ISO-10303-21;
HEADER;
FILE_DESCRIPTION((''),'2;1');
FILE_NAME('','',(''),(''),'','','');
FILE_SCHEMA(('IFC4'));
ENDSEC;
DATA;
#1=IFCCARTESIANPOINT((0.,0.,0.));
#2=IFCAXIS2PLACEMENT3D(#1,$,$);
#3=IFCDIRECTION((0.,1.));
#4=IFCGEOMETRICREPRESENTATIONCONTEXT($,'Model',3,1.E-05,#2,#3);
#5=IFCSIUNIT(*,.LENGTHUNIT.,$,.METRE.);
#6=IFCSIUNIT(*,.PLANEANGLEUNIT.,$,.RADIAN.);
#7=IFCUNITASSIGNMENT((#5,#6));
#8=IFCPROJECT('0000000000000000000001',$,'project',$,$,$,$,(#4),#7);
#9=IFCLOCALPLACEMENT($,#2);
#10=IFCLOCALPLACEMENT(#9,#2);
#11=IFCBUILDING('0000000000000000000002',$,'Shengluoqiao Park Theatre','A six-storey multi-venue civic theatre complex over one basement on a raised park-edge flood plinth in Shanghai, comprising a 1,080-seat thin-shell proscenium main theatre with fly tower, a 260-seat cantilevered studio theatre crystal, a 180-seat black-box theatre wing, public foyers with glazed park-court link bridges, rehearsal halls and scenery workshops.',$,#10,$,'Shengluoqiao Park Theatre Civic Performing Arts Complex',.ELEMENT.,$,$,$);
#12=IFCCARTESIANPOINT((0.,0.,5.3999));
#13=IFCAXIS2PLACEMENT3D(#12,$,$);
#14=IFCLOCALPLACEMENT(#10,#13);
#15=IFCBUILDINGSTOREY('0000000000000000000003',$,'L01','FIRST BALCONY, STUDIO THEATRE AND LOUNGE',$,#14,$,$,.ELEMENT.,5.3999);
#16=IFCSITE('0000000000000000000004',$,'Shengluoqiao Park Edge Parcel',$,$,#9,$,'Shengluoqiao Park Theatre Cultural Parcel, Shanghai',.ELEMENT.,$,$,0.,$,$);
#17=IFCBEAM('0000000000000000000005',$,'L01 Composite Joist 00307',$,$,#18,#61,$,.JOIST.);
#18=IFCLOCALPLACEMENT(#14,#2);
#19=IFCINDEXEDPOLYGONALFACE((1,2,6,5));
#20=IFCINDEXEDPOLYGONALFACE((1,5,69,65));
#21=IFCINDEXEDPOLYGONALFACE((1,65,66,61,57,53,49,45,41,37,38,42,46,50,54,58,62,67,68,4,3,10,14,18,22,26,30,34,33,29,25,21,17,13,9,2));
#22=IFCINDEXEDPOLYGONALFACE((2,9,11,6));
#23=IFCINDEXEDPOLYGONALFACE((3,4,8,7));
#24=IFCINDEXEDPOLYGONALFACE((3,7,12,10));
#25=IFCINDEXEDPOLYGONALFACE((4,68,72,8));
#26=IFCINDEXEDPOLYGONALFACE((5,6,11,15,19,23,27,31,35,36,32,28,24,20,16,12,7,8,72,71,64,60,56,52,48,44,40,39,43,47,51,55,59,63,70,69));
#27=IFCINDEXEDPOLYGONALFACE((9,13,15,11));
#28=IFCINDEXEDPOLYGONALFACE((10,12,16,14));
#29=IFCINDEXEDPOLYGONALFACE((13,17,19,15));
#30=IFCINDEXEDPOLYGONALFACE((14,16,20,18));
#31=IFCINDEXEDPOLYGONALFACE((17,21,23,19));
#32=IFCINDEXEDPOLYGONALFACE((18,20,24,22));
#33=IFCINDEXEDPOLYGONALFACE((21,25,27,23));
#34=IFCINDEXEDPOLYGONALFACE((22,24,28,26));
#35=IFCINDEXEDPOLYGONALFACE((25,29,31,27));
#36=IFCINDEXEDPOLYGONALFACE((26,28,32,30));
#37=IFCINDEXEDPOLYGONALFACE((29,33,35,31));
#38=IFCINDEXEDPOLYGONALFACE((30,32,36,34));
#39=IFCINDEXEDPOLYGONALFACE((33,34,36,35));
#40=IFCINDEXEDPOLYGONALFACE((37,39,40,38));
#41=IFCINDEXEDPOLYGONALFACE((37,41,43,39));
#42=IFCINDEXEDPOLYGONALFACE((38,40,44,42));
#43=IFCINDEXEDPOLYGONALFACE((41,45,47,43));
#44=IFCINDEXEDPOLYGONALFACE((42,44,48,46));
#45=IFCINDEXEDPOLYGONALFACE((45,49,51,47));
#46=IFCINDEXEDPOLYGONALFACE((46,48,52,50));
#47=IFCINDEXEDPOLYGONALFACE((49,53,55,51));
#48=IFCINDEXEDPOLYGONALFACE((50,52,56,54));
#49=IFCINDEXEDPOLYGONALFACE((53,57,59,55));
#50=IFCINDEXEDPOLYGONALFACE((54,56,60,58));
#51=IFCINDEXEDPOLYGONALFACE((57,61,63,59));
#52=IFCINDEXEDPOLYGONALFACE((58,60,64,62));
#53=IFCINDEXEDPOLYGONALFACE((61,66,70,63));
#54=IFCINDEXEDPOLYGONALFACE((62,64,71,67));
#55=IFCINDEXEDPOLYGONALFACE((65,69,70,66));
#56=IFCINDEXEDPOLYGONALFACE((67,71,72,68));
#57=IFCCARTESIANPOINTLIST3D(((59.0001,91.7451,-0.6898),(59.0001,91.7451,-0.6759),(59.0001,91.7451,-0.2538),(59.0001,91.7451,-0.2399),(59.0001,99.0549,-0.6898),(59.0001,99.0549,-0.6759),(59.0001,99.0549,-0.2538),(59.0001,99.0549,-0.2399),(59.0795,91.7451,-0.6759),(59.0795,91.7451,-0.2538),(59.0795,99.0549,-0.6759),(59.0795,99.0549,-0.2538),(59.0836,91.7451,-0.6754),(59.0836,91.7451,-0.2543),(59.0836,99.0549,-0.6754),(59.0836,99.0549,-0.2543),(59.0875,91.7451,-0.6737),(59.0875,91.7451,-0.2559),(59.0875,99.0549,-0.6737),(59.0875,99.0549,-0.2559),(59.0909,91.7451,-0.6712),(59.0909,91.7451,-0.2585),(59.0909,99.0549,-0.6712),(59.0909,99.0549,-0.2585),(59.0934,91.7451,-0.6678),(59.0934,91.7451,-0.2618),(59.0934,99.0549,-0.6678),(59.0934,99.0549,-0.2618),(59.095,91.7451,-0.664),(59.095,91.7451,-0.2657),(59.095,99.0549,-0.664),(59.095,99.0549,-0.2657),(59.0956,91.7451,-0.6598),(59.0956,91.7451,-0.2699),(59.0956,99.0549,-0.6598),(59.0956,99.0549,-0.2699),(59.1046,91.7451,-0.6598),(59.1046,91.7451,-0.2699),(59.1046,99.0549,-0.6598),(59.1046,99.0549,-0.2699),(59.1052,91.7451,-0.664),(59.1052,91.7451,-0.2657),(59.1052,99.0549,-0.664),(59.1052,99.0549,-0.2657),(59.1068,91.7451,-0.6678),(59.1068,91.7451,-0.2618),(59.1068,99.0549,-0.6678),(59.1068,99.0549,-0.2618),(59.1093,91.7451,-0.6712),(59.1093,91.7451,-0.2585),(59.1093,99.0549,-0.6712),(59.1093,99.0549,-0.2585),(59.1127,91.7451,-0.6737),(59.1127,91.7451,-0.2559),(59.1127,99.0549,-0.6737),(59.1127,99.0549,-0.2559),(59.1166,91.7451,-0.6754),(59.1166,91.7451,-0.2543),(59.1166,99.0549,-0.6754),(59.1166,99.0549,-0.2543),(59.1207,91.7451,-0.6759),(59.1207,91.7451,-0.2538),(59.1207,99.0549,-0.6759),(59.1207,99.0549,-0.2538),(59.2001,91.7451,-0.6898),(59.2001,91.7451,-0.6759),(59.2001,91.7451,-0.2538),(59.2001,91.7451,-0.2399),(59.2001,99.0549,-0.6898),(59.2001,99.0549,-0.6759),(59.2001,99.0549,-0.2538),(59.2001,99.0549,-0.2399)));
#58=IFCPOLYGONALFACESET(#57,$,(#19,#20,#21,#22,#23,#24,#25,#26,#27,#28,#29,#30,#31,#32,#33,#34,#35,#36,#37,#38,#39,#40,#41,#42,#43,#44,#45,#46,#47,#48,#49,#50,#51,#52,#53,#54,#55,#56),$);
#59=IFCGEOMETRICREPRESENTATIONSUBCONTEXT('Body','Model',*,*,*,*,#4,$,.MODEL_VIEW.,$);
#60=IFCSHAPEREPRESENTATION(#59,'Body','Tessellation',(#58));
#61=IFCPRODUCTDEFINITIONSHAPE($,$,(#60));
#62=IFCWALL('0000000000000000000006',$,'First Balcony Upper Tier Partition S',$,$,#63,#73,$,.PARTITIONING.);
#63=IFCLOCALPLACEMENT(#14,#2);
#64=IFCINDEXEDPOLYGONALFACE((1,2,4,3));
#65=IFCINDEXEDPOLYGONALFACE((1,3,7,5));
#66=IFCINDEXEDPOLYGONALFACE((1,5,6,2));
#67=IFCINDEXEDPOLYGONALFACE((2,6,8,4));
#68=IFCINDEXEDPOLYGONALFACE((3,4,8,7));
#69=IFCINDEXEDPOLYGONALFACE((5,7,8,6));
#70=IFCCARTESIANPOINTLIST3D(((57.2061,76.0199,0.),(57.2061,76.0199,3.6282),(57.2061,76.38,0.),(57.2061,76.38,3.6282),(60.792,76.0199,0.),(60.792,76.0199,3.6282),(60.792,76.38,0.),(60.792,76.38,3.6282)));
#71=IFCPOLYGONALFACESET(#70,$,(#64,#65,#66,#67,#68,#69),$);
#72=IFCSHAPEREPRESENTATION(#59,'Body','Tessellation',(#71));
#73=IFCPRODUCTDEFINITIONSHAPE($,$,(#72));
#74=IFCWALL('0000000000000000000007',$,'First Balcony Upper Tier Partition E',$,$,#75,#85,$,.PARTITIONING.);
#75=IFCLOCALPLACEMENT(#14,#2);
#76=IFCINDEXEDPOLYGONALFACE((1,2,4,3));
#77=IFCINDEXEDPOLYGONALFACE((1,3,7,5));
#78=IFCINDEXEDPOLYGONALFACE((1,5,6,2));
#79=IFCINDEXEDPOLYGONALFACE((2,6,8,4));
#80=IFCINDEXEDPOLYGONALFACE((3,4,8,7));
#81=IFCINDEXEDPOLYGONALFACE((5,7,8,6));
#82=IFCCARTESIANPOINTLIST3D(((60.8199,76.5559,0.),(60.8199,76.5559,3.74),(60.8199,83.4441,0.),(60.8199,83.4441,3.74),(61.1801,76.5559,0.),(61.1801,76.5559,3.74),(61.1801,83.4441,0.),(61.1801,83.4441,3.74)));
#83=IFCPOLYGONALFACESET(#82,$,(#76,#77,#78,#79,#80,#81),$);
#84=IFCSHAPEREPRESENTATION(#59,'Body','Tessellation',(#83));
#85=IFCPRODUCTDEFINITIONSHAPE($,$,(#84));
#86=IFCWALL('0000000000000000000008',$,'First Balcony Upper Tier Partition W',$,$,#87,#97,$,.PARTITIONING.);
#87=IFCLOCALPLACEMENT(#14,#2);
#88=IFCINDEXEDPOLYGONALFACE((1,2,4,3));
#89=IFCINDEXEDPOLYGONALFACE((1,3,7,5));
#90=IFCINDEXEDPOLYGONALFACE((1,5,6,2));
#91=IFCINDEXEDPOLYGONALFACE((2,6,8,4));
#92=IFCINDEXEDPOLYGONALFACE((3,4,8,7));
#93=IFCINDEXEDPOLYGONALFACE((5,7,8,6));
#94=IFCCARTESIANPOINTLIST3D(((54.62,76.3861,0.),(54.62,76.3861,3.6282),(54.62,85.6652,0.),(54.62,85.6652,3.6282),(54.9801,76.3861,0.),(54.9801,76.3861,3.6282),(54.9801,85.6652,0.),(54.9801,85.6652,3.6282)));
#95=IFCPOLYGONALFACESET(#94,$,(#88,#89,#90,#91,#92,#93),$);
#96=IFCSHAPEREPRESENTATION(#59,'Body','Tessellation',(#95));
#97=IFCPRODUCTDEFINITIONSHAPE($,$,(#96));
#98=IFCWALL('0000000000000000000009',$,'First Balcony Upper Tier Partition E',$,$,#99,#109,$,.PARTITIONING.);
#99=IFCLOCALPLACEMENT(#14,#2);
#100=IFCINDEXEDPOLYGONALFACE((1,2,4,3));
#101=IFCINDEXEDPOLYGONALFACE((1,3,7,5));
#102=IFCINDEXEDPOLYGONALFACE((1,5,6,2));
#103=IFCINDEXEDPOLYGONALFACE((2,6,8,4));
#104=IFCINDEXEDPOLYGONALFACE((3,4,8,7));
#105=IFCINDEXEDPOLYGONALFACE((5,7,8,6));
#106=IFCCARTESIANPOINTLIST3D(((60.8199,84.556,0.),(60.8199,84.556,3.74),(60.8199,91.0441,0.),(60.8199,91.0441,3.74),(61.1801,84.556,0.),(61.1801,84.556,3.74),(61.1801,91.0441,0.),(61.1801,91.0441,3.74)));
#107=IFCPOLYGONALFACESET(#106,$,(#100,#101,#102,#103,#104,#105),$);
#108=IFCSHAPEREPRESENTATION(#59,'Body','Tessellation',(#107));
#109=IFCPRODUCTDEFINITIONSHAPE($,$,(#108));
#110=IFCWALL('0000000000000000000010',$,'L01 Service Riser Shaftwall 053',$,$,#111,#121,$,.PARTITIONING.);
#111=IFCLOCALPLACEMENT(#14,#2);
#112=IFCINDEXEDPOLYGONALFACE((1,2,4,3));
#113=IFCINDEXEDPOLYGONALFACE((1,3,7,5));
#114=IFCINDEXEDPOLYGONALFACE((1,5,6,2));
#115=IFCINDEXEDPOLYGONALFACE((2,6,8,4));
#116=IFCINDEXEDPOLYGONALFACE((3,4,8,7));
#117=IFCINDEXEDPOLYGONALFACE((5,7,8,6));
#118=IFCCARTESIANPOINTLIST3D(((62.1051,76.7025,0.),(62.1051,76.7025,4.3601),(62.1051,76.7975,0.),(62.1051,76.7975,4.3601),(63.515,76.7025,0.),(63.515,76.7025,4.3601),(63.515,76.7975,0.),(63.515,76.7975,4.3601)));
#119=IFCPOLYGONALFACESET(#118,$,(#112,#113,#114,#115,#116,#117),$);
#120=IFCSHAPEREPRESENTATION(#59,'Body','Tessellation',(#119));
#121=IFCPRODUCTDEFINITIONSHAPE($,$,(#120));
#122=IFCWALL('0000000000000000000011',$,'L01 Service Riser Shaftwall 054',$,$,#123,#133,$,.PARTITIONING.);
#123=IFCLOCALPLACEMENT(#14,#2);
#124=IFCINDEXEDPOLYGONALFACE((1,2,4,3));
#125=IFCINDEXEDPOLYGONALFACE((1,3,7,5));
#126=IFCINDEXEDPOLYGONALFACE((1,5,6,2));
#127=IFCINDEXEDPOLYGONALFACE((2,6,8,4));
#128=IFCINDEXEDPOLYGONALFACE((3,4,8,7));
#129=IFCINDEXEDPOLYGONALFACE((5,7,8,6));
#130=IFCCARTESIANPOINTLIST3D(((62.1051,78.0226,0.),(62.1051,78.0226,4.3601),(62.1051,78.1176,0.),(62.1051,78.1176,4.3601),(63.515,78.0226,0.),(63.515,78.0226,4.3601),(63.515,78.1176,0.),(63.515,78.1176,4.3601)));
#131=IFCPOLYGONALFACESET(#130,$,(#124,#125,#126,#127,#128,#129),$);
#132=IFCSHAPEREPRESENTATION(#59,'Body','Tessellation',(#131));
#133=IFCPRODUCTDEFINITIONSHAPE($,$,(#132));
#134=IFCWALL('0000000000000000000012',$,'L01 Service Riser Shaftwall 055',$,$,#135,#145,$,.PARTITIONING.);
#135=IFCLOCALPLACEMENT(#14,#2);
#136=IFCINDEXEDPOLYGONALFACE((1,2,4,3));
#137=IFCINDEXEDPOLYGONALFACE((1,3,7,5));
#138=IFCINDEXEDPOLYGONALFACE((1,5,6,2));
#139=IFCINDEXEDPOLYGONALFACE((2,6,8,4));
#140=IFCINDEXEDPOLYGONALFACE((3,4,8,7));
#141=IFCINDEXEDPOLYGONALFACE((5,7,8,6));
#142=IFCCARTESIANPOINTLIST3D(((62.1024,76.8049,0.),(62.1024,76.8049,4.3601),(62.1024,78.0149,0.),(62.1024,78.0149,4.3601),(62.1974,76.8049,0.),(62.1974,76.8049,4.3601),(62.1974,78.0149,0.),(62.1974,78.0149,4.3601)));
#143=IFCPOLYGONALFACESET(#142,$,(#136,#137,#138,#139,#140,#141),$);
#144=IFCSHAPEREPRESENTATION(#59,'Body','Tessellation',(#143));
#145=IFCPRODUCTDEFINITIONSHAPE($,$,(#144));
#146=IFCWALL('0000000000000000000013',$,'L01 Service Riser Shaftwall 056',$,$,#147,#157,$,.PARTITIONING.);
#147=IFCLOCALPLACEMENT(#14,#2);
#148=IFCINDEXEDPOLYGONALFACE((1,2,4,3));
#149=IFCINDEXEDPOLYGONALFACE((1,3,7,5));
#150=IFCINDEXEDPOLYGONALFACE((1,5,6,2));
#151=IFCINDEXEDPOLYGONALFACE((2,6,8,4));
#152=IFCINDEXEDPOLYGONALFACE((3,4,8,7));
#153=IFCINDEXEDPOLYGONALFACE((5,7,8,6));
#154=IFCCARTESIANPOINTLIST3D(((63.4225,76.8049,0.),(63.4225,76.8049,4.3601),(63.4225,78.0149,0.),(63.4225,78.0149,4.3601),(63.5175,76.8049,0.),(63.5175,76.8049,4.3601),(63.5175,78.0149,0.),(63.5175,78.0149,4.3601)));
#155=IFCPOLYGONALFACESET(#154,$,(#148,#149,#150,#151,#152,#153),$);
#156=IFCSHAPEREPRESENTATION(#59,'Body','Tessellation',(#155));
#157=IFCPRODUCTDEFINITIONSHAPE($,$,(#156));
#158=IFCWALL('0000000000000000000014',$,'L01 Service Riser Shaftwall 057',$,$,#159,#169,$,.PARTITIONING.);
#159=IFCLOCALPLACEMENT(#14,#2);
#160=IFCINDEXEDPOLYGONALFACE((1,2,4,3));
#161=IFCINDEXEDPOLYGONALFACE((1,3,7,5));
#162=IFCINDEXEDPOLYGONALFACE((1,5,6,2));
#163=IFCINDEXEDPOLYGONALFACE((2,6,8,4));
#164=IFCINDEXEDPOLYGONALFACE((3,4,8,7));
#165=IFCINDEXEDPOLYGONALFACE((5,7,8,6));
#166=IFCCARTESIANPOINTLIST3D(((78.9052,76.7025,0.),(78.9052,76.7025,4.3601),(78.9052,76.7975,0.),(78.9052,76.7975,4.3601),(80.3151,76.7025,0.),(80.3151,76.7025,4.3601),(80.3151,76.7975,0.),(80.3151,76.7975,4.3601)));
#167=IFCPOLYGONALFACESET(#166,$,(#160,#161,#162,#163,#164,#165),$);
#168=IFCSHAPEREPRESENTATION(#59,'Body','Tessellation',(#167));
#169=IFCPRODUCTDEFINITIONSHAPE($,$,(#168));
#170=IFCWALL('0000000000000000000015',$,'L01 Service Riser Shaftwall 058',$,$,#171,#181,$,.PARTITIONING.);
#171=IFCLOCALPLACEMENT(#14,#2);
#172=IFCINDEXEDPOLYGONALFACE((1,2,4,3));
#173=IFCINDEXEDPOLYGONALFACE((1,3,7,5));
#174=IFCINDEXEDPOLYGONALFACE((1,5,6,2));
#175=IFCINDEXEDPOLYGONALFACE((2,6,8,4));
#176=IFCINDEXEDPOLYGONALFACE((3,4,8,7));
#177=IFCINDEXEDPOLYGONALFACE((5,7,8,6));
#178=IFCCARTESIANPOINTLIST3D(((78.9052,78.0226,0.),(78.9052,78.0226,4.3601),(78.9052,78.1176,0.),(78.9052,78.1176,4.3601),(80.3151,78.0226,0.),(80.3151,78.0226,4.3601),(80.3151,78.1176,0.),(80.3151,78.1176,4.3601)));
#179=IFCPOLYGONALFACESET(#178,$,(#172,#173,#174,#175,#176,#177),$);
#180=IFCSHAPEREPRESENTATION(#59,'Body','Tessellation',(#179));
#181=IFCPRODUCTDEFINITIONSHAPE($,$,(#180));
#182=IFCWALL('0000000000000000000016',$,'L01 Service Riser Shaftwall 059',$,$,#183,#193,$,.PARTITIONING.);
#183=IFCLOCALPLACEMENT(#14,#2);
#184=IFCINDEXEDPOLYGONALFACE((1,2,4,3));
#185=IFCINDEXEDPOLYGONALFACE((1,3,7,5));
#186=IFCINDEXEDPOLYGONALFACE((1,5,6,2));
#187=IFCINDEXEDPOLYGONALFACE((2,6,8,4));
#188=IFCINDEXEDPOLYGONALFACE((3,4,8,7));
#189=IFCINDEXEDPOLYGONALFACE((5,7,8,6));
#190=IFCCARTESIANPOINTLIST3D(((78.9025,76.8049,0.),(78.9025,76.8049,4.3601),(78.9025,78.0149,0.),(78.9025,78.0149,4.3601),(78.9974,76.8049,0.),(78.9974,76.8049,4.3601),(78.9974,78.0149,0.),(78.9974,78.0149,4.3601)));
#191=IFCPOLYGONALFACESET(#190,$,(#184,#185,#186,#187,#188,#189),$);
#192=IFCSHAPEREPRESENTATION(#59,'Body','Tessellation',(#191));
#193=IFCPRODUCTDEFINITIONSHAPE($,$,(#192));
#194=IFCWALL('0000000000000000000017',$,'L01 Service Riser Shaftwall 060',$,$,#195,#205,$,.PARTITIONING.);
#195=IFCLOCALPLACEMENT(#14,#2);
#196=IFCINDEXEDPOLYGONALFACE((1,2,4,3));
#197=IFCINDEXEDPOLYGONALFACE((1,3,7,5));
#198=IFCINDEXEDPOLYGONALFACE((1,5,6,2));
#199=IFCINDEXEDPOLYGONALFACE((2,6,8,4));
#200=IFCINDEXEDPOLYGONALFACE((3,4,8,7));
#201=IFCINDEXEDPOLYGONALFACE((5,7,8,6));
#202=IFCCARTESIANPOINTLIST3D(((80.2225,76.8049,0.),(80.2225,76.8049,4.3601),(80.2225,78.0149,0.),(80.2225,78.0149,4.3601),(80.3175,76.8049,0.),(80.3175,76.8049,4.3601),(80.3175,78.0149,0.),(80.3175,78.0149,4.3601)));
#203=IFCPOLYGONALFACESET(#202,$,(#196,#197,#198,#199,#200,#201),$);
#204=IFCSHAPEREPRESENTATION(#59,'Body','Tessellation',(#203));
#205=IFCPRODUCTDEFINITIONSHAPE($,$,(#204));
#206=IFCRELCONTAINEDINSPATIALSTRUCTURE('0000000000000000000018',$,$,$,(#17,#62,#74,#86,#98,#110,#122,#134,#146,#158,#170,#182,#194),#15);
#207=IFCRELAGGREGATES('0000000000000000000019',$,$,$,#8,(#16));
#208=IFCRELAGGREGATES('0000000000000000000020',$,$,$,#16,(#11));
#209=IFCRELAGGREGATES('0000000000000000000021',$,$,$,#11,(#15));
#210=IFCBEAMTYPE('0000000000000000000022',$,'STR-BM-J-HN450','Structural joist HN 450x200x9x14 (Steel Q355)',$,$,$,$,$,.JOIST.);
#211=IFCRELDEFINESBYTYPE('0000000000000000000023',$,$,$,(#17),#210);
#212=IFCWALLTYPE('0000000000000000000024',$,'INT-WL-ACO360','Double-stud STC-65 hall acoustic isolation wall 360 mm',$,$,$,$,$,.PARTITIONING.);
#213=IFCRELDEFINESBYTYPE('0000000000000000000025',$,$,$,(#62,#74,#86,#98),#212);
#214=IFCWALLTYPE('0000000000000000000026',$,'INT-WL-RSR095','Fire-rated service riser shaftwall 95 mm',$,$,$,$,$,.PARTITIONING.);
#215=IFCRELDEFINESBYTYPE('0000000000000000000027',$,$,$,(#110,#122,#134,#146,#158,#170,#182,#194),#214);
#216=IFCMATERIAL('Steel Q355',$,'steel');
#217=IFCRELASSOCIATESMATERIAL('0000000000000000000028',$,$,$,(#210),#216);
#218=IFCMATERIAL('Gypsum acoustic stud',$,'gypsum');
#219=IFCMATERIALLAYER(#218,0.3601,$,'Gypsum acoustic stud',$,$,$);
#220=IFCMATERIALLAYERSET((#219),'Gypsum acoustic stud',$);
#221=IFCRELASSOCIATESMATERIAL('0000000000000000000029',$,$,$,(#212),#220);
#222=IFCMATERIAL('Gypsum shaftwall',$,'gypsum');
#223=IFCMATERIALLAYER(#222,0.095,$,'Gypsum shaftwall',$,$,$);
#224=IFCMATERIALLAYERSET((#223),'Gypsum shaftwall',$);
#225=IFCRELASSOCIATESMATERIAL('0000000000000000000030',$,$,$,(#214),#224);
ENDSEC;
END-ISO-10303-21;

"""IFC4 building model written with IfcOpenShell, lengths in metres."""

from ifc_helpers import new_model, si_unit, direction, frame, frame_2d, origin, origin_2d, place, context, subcontext, project, spatial, rectangle, i_section, extrude, material, layer, layer_set, material_profile, profile_set, type_object, element, save


model = new_model("IFC4")

# Units and contexts
model_context = context("Model", 3, precision=1e-05, world=origin(), true_north=direction((0.0, 1.0)))
body_context = subcontext(model_context, "Body", "Model", "MODEL_VIEW")
ifc_project = project(units=[si_unit("LENGTHUNIT", "METRE"), si_unit("PLANEANGLEUNIT", "RADIAN")], contexts=[model_context])

# Site, building, storey
site_placement = place(None, origin())
site = spatial("IfcSite", under=ifc_project, at=site_placement, Name="Shengluoqiao Park Edge Parcel", LongName="Shengluoqiao Park Theatre Cultural Parcel, Shanghai", CompositionType="ELEMENT", RefElevation=0.0)
building_placement = place(site_placement, origin())
building = spatial("IfcBuilding", under=site, at=building_placement, Name="Shengluoqiao Park Theatre", Description="A six-storey multi-venue civic theatre complex over one basement on a raised park-edge flood plinth in Shanghai, comprising a 1,080-seat thin-shell proscenium main theatre with fly tower, a 260-seat cantilevered studio theatre crystal, a 180-seat black-box theatre wing, public foyers with glazed park-court link bridges, rehearsal halls and scenery workshops.", LongName="Shengluoqiao Park Theatre Civic Performing Arts Complex", CompositionType="ELEMENT")
storey_placement = place(building_placement, frame((0.0, 0.0, 5.3999)))
storey = spatial("IfcBuildingStorey", under=building, at=storey_placement, Name="L01", Description="FIRST BALCONY, STUDIO THEATRE AND LOUNGE", CompositionType="ELEMENT", Elevation=5.3999)

# Beam
ifc_material_1 = material(Name="Steel Q355", Category="steel")
ifc_material_profile_1 = material_profile(ifc_material_1, i_section(OverallWidth=0.2, OverallDepth=0.45, WebThickness=0.009, FlangeThickness=0.0139, FilletRadius=0.0161, at=origin_2d()), Name="HN 450x200x9x14")
ifc_profile_set_1 = profile_set([ifc_material_profile_1], Name="Steel Q355")
beam_type_1 = type_object("IfcBeamType", Name="STR-BM-J-HN450", Description="Structural joist HN 450x200x9x14 (Steel Q355)", PredefinedType="JOIST", material=ifc_profile_set_1)
for number, where, z_axis, x_axis, name in (
    (1, (59.1001, 91.7451, -0.4648), (0.0, 1.0, 0.0), (-1.0, 0.0, 0.0), "L01 Composite Joist 00307"),
):
    element("IfcBeam", number, at=place(storey_placement, frame(where, z_axis=z_axis, x_axis=x_axis)), inside=storey, type_object=beam_type_1, Name=name, PredefinedType="JOIST", context=body_context, shape_type="SweptSolid", body=[
        extrude(i_section(OverallWidth=0.2, OverallDepth=0.45, WebThickness=0.009, FlangeThickness=0.0139, FilletRadius=0.0161, at=origin_2d()), origin(), (0.0, 0.0, 1.0), 7.3098),
    ])

# Shared definitions
ifc_material_2 = material(Name="Gypsum acoustic stud", Category="gypsum")
ifc_layer_1 = layer(ifc_material_2, 0.3601, Name="Gypsum acoustic stud")
ifc_layer_set_1 = layer_set([ifc_layer_1], Name="Gypsum acoustic stud")
wall_type_1 = type_object("IfcWallType", Name="INT-WL-ACO360", Description="Double-stud STC-65 hall acoustic isolation wall 360 mm", PredefinedType="PARTITIONING", material=ifc_layer_set_1)

# Walls
wall_1_placement = place(storey_placement, frame((57.2061, 76.2, 0.0), z_axis=(0.0, 0.0, 1.0), x_axis=(1.0, 0.0, 0.0)))
element("IfcWall", 2, at=wall_1_placement, inside=storey, type_object=wall_type_1, Name="First Balcony Upper Tier Partition S", PredefinedType="PARTITIONING", context=body_context, shape_type="SweptSolid", body=[
    extrude(rectangle(XDim=3.5859, YDim=0.3601, at=frame_2d((1.793, 0.0))), origin(), (0.0, 0.0, 1.0), 3.6282),
])
wall_2_placement = place(storey_placement, frame((61.0, 76.5559, 0.0), z_axis=(0.0, 0.0, 1.0), x_axis=(0.0, 1.0, 0.0)))
element("IfcWall", 3, at=wall_2_placement, inside=storey, type_object=wall_type_1, Name="First Balcony Upper Tier Partition E", PredefinedType="PARTITIONING", context=body_context, shape_type="SweptSolid", body=[
    extrude(rectangle(XDim=6.8882, YDim=0.3601, at=frame_2d((3.4441, 0.0))), origin(), (0.0, 0.0, 1.0), 3.74),
])
wall_3_placement = place(storey_placement, frame((54.8, 76.386, 0.0), z_axis=(0.0, 0.0, 1.0), x_axis=(0.0, 1.0, 0.0)))
element("IfcWall", 4, at=wall_3_placement, inside=storey, type_object=wall_type_1, Name="First Balcony Upper Tier Partition W", PredefinedType="PARTITIONING", context=body_context, shape_type="SweptSolid", body=[
    extrude(rectangle(XDim=9.2791, YDim=0.3601, at=frame_2d((4.6396, 0.0))), origin(), (0.0, 0.0, 1.0), 3.6282),
])
wall_4_placement = place(storey_placement, frame((61.0, 84.5559, 0.0), z_axis=(0.0, 0.0, 1.0), x_axis=(0.0, 1.0, 0.0)))
element("IfcWall", 5, at=wall_4_placement, inside=storey, type_object=wall_type_1, Name="First Balcony Upper Tier Partition E", PredefinedType="PARTITIONING", context=body_context, shape_type="SweptSolid", body=[
    extrude(rectangle(XDim=6.488, YDim=0.3601, at=frame_2d((3.2441, 0.0))), origin(), (0.0, 0.0, 1.0), 3.74),
])
ifc_material_3 = material(Name="Gypsum shaftwall", Category="gypsum")
ifc_layer_2 = layer(ifc_material_3, 0.095, Name="Gypsum shaftwall")
ifc_layer_set_2 = layer_set([ifc_layer_2], Name="Gypsum shaftwall")
wall_type_2 = type_object("IfcWallType", Name="INT-WL-RSR095", Description="Fire-rated service riser shaftwall 95 mm", PredefinedType="PARTITIONING", material=ifc_layer_set_2)
for number, where, z_axis, x_axis, name in (
    (6, (62.105, 76.75, 0.0), (0.0, 0.0, 1.0), (1.0, 0.0, 0.0), "L01 Service Riser Shaftwall 053"),
    (7, (62.105, 78.0701, 0.0), (0.0, 0.0, 1.0), (1.0, 0.0, 0.0), "L01 Service Riser Shaftwall 054"),
):
    element("IfcWall", number, at=place(storey_placement, frame(where, z_axis=z_axis, x_axis=x_axis)), inside=storey, type_object=wall_type_2, Name=name, PredefinedType="PARTITIONING", context=body_context, shape_type="SweptSolid", body=[
        extrude(rectangle(XDim=1.4099, YDim=0.095, at=frame_2d((0.7051, 0.0))), origin(), (0.0, 0.0, 1.0), 4.3601),
    ])
for number, where, z_axis, x_axis, name in (
    (8, (62.1499, 76.8049, 0.0), (0.0, 0.0, 1.0), (0.0, 1.0, 0.0), "L01 Service Riser Shaftwall 055"),
    (9, (63.47, 76.8049, 0.0), (0.0, 0.0, 1.0), (0.0, 1.0, 0.0), "L01 Service Riser Shaftwall 056"),
):
    element("IfcWall", number, at=place(storey_placement, frame(where, z_axis=z_axis, x_axis=x_axis)), inside=storey, type_object=wall_type_2, Name=name, PredefinedType="PARTITIONING", context=body_context, shape_type="SweptSolid", body=[
        extrude(rectangle(XDim=1.21, YDim=0.095, at=frame_2d((0.605, 0.0))), origin(), (0.0, 0.0, 1.0), 4.3601),
    ])
for number, where, z_axis, x_axis, name in (
    (10, (78.905, 76.75, 0.0), (0.0, 0.0, 1.0), (1.0, 0.0, 0.0), "L01 Service Riser Shaftwall 057"),
    (11, (78.905, 78.0701, 0.0), (0.0, 0.0, 1.0), (1.0, 0.0, 0.0), "L01 Service Riser Shaftwall 058"),
):
    element("IfcWall", number, at=place(storey_placement, frame(where, z_axis=z_axis, x_axis=x_axis)), inside=storey, type_object=wall_type_2, Name=name, PredefinedType="PARTITIONING", context=body_context, shape_type="SweptSolid", body=[
        extrude(rectangle(XDim=1.4099, YDim=0.095, at=frame_2d((0.7051, 0.0))), origin(), (0.0, 0.0, 1.0), 4.3601),
    ])
for number, where, z_axis, x_axis, name in (
    (12, (78.95, 76.8049, 0.0), (0.0, 0.0, 1.0), (0.0, 1.0, 0.0), "L01 Service Riser Shaftwall 059"),
    (13, (80.27, 76.8049, 0.0), (0.0, 0.0, 1.0), (0.0, 1.0, 0.0), "L01 Service Riser Shaftwall 060"),
):
    element("IfcWall", number, at=place(storey_placement, frame(where, z_axis=z_axis, x_axis=x_axis)), inside=storey, type_object=wall_type_2, Name=name, PredefinedType="PARTITIONING", context=body_context, shape_type="SweptSolid", body=[
        extrude(rectangle(XDim=1.21, YDim=0.095, at=frame_2d((0.605, 0.0))), origin(), (0.0, 0.0, 1.0), 4.3601),
    ])

save(model, "model.ifc")
